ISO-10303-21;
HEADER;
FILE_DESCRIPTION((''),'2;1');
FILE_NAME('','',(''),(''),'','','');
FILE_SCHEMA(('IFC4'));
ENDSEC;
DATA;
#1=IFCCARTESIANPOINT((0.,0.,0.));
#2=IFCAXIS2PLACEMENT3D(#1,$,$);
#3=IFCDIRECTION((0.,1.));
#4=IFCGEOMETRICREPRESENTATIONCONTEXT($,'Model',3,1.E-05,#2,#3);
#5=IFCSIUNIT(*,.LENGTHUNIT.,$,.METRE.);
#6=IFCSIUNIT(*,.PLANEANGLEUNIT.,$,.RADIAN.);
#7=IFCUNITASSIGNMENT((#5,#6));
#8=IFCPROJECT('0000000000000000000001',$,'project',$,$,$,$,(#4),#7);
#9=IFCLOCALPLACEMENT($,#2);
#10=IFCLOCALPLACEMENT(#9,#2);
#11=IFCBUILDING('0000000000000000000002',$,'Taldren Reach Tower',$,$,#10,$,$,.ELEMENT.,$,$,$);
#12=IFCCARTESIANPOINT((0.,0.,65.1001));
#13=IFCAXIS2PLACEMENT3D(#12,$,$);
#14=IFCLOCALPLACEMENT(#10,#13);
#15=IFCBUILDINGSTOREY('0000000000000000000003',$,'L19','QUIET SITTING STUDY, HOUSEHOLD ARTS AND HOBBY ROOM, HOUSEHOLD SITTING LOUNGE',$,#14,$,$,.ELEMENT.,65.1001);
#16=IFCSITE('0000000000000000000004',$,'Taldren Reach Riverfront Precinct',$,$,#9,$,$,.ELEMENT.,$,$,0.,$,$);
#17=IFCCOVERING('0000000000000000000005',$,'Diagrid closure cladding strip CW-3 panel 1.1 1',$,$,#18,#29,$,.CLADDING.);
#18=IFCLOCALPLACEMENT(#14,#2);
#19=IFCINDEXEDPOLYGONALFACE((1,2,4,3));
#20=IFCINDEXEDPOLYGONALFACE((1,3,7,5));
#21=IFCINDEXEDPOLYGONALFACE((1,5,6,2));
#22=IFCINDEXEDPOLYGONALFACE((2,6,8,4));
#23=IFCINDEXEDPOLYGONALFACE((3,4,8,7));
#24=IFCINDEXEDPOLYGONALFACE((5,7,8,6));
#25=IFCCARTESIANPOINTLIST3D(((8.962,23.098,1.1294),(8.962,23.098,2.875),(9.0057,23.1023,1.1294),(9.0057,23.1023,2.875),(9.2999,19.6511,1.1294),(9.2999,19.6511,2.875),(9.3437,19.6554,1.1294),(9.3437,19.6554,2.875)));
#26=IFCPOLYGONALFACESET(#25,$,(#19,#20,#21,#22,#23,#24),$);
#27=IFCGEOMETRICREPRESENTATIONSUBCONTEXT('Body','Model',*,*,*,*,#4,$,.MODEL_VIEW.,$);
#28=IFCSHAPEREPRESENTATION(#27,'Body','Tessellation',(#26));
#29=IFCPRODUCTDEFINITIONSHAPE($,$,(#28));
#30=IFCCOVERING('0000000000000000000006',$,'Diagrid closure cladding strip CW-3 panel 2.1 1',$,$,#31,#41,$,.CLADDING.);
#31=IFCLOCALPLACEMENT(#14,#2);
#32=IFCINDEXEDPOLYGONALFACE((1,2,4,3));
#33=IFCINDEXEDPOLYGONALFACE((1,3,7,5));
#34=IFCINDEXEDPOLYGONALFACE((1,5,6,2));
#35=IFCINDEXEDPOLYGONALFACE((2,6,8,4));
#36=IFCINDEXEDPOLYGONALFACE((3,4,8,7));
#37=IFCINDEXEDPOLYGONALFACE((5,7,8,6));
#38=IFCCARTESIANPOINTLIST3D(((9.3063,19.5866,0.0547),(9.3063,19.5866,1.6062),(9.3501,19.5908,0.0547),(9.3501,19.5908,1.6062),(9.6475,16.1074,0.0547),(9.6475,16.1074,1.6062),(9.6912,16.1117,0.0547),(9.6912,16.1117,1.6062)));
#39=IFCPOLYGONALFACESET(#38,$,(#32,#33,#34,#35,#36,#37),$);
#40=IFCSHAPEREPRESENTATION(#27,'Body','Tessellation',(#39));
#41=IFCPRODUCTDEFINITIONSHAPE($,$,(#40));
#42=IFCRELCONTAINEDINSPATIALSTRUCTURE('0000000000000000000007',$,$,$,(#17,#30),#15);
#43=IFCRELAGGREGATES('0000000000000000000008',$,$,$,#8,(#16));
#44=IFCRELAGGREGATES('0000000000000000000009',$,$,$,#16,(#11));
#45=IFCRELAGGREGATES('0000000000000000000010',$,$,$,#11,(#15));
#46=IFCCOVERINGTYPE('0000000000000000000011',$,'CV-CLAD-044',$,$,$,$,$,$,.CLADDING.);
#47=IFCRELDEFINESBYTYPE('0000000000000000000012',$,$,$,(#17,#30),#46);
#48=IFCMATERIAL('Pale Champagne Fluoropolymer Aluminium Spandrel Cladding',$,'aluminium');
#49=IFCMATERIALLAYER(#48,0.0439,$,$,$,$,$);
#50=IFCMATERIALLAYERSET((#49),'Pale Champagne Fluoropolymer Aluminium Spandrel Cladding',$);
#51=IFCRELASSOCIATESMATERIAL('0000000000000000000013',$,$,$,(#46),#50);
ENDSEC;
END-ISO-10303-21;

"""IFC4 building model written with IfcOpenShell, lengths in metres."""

from ifc_helpers import new_model, si_unit, direction, frame, origin, origin_2d, place, context, subcontext, project, spatial, rectangle, extrude, source, transform, mapped, material, layer, layer_set, type_object, element, save


model = new_model("IFC4")

# Units and contexts
model_context = context("Model", 3, precision=1e-05, world=origin(), true_north=direction((0.0, 1.0)))
body_context = subcontext(model_context, "Body", "Model", "MODEL_VIEW")
ifc_project = project(units=[si_unit("LENGTHUNIT", "METRE"), si_unit("PLANEANGLEUNIT", "RADIAN")], contexts=[model_context])

# Site, building, storey
site_placement = place(None, origin())
site = spatial("IfcSite", under=ifc_project, at=site_placement, Name="Taldren Reach Riverfront Precinct", CompositionType="ELEMENT", RefElevation=0.0)
building_placement = place(site_placement, origin())
building = spatial("IfcBuilding", under=site, at=building_placement, Name="Taldren Reach Tower", CompositionType="ELEMENT")
storey_placement = place(building_placement, frame((0.0, 0.0, 65.1001)))
storey = spatial("IfcBuildingStorey", under=building, at=storey_placement, Name="L19", Description="QUIET SITTING STUDY, HOUSEHOLD ARTS AND HOBBY ROOM, HOUSEHOLD SITTING LOUNGE", CompositionType="ELEMENT", Elevation=65.1001)

# Coverings
ifc_material_1 = material(Name="Pale Champagne Fluoropolymer Aluminium Spandrel Cladding", Category="aluminium")
ifc_layer_1 = layer(ifc_material_1, 0.0439)
ifc_layer_set_1 = layer_set([ifc_layer_1], Name="Pale Champagne Fluoropolymer Aluminium Spandrel Cladding")
covering_type_1 = type_object("IfcCoveringType", Name="CV-CLAD-044", PredefinedType="CLADDING", material=ifc_layer_set_1)
shared_shape_1 = source(origin(), body_context, "Body", "SweptSolid", [
    extrude(rectangle(XDim=3.4634, YDim=0.0439, at=origin_2d()), origin(), (0.0, 0.0, 1.0), 1.7456),
])
covering_1_placement = place(storey_placement, frame((9.1528, 21.3767, 1.1294), z_axis=(0.0, 0.0, 1.0), x_axis=(0.097583, -0.995227, 0.0)))
element("IfcCovering", 1, at=covering_1_placement, inside=storey, type_object=covering_type_1, Name="Diagrid closure cladding strip CW-3 panel 1.1 1", PredefinedType="CLADDING", context=body_context, shape_type="MappedRepresentation", body=[
    mapped(shared_shape_1, transform((0.0, 0.0, 0.0), scale=1.0)),
])
shared_shape_2 = source(origin(), body_context, "Body", "SweptSolid", [
    extrude(rectangle(XDim=3.4958, YDim=0.0439, at=origin_2d()), origin(), (0.0, 0.0, 1.0), 1.5515),
])
covering_2_placement = place(storey_placement, frame((9.4988, 17.8491, 0.0547), z_axis=(0.0, 0.0, 1.0), x_axis=(0.097583, -0.995227, 0.0)))
element("IfcCovering", 2, at=covering_2_placement, inside=storey, type_object=covering_type_1, Name="Diagrid closure cladding strip CW-3 panel 2.1 1", PredefinedType="CLADDING", context=body_context, shape_type="MappedRepresentation", body=[
    mapped(shared_shape_2, transform((0.0, 0.0, 0.0), scale=1.0)),
])

save(model, "model.ifc")
